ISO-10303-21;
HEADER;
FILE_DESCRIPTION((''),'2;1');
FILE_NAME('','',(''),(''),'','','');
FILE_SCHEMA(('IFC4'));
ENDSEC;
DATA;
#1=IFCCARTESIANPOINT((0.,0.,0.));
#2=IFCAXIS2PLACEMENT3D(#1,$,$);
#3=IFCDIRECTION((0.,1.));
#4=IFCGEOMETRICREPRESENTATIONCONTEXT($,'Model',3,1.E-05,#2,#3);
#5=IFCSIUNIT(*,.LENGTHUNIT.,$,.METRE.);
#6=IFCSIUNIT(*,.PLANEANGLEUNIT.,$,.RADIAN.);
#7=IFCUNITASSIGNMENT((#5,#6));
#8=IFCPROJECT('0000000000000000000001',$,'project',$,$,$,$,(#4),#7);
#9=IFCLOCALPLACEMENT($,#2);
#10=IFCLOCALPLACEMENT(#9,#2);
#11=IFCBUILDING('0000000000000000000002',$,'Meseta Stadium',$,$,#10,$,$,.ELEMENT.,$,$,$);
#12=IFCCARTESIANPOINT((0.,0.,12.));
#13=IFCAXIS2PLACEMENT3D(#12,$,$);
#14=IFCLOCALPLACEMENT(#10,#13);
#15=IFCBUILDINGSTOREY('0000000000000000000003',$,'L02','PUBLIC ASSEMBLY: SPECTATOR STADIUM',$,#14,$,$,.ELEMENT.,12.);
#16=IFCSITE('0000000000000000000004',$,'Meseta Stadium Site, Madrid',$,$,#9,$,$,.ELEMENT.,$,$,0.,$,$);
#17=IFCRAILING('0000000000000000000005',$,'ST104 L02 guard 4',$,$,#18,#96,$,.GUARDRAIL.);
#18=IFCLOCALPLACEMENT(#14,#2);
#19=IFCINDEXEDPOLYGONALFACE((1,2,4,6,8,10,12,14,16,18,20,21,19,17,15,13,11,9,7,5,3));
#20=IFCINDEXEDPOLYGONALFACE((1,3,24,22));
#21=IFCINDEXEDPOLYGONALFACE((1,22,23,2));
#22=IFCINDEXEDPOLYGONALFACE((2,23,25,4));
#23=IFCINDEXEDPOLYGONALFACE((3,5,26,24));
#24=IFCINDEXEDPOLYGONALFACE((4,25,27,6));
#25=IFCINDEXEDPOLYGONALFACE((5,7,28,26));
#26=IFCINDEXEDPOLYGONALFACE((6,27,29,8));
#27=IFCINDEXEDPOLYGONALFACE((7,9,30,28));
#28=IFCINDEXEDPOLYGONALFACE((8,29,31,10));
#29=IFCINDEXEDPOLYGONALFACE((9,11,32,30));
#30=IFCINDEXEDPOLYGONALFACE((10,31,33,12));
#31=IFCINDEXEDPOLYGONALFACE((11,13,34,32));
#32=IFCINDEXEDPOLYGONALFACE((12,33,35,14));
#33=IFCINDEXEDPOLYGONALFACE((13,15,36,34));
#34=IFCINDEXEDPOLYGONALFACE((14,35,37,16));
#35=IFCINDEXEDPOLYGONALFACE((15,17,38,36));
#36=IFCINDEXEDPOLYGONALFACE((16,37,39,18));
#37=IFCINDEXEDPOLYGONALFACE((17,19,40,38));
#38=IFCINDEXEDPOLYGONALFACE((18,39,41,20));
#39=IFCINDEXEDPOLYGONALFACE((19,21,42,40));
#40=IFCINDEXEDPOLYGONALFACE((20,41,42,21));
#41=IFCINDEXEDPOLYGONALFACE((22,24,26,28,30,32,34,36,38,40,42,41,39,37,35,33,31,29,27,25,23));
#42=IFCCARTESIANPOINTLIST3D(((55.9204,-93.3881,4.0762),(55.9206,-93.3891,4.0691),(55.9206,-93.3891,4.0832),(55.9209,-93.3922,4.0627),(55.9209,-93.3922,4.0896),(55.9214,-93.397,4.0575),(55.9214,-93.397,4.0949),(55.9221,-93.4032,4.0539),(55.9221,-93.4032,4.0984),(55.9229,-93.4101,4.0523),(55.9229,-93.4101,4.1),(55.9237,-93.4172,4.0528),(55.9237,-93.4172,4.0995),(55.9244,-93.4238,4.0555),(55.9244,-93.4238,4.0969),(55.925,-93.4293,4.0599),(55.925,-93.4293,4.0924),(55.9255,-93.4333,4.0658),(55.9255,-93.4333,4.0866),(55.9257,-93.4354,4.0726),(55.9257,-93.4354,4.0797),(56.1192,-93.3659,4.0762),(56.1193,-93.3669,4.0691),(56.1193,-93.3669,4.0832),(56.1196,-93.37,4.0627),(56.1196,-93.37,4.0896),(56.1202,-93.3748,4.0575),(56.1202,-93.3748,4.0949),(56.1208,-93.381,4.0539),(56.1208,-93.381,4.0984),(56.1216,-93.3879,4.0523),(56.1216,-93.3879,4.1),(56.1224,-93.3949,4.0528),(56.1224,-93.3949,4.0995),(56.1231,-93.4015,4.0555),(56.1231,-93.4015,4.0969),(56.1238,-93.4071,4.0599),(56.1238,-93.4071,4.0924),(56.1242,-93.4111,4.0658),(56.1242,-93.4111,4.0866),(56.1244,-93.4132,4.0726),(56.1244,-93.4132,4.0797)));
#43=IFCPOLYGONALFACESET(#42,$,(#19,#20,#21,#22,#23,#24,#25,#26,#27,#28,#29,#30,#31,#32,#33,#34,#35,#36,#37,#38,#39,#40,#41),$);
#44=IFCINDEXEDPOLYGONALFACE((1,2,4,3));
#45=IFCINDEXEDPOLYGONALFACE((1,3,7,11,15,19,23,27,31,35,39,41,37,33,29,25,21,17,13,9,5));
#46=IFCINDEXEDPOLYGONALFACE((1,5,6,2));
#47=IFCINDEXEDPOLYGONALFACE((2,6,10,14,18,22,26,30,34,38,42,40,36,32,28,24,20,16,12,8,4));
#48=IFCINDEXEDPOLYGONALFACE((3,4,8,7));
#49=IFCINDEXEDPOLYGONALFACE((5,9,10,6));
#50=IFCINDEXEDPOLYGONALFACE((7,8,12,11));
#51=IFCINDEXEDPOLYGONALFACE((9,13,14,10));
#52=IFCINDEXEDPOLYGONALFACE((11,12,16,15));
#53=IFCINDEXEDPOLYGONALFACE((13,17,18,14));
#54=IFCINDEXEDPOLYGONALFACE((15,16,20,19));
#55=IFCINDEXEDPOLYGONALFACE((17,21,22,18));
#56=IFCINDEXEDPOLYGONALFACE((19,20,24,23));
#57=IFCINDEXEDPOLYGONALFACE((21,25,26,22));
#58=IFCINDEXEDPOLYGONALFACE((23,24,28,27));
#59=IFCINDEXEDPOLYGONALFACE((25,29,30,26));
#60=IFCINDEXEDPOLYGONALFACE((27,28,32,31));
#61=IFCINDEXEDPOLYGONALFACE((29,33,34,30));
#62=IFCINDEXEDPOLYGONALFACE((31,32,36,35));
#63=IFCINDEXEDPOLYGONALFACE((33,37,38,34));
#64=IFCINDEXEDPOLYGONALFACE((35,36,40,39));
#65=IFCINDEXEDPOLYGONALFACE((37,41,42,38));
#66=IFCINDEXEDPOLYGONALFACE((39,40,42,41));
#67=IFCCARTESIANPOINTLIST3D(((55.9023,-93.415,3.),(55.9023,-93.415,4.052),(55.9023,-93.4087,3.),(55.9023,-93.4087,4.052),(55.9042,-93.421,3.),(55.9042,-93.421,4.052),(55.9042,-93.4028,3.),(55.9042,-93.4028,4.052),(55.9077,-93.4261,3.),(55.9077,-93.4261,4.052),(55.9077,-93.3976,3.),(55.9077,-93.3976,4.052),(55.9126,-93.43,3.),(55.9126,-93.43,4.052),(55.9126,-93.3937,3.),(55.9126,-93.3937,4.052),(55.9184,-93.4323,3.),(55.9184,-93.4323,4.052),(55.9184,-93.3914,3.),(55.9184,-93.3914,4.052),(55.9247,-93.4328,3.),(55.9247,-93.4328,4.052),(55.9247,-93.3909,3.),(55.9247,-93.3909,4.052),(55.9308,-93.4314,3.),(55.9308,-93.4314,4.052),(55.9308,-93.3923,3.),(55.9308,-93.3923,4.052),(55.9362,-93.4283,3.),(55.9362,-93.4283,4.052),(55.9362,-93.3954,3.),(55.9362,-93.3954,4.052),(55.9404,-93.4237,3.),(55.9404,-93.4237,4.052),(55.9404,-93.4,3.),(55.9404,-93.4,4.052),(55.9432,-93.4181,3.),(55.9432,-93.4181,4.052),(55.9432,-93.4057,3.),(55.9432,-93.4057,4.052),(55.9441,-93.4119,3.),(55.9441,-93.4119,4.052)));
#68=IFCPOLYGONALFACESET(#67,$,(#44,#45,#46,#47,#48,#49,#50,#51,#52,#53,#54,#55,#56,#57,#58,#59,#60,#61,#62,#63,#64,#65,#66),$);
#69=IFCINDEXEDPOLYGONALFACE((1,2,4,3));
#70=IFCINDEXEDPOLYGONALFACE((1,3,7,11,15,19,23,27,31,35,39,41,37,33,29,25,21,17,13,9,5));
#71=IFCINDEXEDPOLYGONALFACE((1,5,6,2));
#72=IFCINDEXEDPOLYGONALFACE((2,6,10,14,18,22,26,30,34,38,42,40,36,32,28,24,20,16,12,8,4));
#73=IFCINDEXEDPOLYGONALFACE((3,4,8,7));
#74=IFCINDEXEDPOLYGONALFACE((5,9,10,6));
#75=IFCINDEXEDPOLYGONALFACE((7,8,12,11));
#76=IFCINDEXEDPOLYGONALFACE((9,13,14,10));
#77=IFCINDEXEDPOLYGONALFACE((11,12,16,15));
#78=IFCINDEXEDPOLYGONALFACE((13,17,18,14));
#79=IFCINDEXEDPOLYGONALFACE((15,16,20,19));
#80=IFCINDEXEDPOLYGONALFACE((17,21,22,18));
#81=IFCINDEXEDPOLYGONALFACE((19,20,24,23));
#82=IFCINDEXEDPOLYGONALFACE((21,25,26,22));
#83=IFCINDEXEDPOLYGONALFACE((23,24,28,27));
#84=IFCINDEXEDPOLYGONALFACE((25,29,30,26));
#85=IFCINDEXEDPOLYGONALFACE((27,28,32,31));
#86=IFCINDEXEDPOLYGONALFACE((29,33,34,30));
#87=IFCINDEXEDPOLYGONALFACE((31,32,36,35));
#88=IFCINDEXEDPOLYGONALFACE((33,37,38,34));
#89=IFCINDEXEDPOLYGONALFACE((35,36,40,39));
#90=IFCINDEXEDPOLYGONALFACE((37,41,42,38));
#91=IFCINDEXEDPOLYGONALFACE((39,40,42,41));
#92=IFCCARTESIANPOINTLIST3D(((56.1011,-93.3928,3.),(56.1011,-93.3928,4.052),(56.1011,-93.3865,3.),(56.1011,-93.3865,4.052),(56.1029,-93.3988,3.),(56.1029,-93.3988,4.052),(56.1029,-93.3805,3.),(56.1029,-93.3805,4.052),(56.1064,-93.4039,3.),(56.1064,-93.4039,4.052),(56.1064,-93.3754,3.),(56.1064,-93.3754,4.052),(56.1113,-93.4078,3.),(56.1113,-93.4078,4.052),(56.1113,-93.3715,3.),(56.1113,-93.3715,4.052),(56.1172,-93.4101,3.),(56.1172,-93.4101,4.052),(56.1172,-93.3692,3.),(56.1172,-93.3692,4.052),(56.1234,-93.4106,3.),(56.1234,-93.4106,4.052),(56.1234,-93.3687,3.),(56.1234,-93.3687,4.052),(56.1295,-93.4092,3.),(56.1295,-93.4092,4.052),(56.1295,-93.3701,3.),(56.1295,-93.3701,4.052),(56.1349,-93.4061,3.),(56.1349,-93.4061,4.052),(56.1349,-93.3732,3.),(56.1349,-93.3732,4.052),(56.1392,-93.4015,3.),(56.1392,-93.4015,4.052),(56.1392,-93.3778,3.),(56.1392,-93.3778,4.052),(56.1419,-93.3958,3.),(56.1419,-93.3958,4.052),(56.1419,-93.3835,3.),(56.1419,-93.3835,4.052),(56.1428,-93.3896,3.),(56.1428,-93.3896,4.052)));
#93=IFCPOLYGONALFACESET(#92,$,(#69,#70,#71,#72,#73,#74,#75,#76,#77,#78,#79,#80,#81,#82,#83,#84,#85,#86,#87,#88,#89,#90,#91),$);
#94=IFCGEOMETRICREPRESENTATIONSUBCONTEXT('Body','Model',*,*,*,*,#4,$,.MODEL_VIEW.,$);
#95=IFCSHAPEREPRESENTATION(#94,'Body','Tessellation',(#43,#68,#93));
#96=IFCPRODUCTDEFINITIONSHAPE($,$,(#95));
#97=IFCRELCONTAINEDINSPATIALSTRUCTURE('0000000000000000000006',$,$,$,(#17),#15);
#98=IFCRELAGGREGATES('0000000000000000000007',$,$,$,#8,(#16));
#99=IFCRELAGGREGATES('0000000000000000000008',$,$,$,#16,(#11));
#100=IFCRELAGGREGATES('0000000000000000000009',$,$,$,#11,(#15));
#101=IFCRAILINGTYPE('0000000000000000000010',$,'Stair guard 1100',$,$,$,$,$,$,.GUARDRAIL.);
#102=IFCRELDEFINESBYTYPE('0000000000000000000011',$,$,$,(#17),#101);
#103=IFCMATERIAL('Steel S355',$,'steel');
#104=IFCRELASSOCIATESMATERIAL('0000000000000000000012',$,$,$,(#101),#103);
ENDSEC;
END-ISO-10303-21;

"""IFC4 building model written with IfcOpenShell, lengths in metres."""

from ifc_helpers import new_model, si_unit, direction, frame, origin, origin_2d, place, context, subcontext, project, spatial, circle, extrude, material, type_object, element, save


model = new_model("IFC4")

# Units and contexts
model_context = context("Model", 3, precision=1e-05, world=origin(), true_north=direction((0.0, 1.0)))
body_context = subcontext(model_context, "Body", "Model", "MODEL_VIEW")
ifc_project = project(units=[si_unit("LENGTHUNIT", "METRE"), si_unit("PLANEANGLEUNIT", "RADIAN")], contexts=[model_context])

# Site, building, storey
site_placement = place(None, origin())
site = spatial("IfcSite", under=ifc_project, at=site_placement, Name="Meseta Stadium Site, Madrid", CompositionType="ELEMENT", RefElevation=0.0)
building_placement = place(site_placement, origin())
building = spatial("IfcBuilding", under=site, at=building_placement, Name="Meseta Stadium", CompositionType="ELEMENT")
storey_placement = place(building_placement, frame((0.0, 0.0, 12.0)))
storey = spatial("IfcBuildingStorey", under=building, at=storey_placement, Name="L02", Description="PUBLIC ASSEMBLY: SPECTATOR STADIUM", CompositionType="ELEMENT", Elevation=12.0)

# Railing
ifc_material_1 = material(Name="Steel S355", Category="steel")
railing_type_1 = type_object("IfcRailingType", Name="Stair guard 1100", PredefinedType="GUARDRAIL", material=ifc_material_1)
railing_1_placement = place(storey_placement, frame((55.9231, -93.4119, 3.0)))
element("IfcRailing", 1, at=railing_1_placement, inside=storey, type_object=railing_type_1, Name="ST104 L02 guard 4", PredefinedType="GUARDRAIL", context=body_context, shape_type="SweptSolid", body=[
    extrude(circle(Radius=0.0239, at=origin_2d()), frame((0.0, 0.0, 1.0762), z_axis=(0.993809, 0.111102, 0.0), x_axis=(-0.111102, 0.993809, 0.0)), (0.0, 0.0, 1.0), 0.2),
    extrude(circle(Radius=0.021, at=origin_2d()), origin(), (0.0, 0.0, 1.0), 1.052),
    extrude(circle(Radius=0.021, at=origin_2d()), frame((0.1987, 0.0222, 0.0)), (0.0, 0.0, 1.0), 1.052),
])

save(model, "model.ifc")
